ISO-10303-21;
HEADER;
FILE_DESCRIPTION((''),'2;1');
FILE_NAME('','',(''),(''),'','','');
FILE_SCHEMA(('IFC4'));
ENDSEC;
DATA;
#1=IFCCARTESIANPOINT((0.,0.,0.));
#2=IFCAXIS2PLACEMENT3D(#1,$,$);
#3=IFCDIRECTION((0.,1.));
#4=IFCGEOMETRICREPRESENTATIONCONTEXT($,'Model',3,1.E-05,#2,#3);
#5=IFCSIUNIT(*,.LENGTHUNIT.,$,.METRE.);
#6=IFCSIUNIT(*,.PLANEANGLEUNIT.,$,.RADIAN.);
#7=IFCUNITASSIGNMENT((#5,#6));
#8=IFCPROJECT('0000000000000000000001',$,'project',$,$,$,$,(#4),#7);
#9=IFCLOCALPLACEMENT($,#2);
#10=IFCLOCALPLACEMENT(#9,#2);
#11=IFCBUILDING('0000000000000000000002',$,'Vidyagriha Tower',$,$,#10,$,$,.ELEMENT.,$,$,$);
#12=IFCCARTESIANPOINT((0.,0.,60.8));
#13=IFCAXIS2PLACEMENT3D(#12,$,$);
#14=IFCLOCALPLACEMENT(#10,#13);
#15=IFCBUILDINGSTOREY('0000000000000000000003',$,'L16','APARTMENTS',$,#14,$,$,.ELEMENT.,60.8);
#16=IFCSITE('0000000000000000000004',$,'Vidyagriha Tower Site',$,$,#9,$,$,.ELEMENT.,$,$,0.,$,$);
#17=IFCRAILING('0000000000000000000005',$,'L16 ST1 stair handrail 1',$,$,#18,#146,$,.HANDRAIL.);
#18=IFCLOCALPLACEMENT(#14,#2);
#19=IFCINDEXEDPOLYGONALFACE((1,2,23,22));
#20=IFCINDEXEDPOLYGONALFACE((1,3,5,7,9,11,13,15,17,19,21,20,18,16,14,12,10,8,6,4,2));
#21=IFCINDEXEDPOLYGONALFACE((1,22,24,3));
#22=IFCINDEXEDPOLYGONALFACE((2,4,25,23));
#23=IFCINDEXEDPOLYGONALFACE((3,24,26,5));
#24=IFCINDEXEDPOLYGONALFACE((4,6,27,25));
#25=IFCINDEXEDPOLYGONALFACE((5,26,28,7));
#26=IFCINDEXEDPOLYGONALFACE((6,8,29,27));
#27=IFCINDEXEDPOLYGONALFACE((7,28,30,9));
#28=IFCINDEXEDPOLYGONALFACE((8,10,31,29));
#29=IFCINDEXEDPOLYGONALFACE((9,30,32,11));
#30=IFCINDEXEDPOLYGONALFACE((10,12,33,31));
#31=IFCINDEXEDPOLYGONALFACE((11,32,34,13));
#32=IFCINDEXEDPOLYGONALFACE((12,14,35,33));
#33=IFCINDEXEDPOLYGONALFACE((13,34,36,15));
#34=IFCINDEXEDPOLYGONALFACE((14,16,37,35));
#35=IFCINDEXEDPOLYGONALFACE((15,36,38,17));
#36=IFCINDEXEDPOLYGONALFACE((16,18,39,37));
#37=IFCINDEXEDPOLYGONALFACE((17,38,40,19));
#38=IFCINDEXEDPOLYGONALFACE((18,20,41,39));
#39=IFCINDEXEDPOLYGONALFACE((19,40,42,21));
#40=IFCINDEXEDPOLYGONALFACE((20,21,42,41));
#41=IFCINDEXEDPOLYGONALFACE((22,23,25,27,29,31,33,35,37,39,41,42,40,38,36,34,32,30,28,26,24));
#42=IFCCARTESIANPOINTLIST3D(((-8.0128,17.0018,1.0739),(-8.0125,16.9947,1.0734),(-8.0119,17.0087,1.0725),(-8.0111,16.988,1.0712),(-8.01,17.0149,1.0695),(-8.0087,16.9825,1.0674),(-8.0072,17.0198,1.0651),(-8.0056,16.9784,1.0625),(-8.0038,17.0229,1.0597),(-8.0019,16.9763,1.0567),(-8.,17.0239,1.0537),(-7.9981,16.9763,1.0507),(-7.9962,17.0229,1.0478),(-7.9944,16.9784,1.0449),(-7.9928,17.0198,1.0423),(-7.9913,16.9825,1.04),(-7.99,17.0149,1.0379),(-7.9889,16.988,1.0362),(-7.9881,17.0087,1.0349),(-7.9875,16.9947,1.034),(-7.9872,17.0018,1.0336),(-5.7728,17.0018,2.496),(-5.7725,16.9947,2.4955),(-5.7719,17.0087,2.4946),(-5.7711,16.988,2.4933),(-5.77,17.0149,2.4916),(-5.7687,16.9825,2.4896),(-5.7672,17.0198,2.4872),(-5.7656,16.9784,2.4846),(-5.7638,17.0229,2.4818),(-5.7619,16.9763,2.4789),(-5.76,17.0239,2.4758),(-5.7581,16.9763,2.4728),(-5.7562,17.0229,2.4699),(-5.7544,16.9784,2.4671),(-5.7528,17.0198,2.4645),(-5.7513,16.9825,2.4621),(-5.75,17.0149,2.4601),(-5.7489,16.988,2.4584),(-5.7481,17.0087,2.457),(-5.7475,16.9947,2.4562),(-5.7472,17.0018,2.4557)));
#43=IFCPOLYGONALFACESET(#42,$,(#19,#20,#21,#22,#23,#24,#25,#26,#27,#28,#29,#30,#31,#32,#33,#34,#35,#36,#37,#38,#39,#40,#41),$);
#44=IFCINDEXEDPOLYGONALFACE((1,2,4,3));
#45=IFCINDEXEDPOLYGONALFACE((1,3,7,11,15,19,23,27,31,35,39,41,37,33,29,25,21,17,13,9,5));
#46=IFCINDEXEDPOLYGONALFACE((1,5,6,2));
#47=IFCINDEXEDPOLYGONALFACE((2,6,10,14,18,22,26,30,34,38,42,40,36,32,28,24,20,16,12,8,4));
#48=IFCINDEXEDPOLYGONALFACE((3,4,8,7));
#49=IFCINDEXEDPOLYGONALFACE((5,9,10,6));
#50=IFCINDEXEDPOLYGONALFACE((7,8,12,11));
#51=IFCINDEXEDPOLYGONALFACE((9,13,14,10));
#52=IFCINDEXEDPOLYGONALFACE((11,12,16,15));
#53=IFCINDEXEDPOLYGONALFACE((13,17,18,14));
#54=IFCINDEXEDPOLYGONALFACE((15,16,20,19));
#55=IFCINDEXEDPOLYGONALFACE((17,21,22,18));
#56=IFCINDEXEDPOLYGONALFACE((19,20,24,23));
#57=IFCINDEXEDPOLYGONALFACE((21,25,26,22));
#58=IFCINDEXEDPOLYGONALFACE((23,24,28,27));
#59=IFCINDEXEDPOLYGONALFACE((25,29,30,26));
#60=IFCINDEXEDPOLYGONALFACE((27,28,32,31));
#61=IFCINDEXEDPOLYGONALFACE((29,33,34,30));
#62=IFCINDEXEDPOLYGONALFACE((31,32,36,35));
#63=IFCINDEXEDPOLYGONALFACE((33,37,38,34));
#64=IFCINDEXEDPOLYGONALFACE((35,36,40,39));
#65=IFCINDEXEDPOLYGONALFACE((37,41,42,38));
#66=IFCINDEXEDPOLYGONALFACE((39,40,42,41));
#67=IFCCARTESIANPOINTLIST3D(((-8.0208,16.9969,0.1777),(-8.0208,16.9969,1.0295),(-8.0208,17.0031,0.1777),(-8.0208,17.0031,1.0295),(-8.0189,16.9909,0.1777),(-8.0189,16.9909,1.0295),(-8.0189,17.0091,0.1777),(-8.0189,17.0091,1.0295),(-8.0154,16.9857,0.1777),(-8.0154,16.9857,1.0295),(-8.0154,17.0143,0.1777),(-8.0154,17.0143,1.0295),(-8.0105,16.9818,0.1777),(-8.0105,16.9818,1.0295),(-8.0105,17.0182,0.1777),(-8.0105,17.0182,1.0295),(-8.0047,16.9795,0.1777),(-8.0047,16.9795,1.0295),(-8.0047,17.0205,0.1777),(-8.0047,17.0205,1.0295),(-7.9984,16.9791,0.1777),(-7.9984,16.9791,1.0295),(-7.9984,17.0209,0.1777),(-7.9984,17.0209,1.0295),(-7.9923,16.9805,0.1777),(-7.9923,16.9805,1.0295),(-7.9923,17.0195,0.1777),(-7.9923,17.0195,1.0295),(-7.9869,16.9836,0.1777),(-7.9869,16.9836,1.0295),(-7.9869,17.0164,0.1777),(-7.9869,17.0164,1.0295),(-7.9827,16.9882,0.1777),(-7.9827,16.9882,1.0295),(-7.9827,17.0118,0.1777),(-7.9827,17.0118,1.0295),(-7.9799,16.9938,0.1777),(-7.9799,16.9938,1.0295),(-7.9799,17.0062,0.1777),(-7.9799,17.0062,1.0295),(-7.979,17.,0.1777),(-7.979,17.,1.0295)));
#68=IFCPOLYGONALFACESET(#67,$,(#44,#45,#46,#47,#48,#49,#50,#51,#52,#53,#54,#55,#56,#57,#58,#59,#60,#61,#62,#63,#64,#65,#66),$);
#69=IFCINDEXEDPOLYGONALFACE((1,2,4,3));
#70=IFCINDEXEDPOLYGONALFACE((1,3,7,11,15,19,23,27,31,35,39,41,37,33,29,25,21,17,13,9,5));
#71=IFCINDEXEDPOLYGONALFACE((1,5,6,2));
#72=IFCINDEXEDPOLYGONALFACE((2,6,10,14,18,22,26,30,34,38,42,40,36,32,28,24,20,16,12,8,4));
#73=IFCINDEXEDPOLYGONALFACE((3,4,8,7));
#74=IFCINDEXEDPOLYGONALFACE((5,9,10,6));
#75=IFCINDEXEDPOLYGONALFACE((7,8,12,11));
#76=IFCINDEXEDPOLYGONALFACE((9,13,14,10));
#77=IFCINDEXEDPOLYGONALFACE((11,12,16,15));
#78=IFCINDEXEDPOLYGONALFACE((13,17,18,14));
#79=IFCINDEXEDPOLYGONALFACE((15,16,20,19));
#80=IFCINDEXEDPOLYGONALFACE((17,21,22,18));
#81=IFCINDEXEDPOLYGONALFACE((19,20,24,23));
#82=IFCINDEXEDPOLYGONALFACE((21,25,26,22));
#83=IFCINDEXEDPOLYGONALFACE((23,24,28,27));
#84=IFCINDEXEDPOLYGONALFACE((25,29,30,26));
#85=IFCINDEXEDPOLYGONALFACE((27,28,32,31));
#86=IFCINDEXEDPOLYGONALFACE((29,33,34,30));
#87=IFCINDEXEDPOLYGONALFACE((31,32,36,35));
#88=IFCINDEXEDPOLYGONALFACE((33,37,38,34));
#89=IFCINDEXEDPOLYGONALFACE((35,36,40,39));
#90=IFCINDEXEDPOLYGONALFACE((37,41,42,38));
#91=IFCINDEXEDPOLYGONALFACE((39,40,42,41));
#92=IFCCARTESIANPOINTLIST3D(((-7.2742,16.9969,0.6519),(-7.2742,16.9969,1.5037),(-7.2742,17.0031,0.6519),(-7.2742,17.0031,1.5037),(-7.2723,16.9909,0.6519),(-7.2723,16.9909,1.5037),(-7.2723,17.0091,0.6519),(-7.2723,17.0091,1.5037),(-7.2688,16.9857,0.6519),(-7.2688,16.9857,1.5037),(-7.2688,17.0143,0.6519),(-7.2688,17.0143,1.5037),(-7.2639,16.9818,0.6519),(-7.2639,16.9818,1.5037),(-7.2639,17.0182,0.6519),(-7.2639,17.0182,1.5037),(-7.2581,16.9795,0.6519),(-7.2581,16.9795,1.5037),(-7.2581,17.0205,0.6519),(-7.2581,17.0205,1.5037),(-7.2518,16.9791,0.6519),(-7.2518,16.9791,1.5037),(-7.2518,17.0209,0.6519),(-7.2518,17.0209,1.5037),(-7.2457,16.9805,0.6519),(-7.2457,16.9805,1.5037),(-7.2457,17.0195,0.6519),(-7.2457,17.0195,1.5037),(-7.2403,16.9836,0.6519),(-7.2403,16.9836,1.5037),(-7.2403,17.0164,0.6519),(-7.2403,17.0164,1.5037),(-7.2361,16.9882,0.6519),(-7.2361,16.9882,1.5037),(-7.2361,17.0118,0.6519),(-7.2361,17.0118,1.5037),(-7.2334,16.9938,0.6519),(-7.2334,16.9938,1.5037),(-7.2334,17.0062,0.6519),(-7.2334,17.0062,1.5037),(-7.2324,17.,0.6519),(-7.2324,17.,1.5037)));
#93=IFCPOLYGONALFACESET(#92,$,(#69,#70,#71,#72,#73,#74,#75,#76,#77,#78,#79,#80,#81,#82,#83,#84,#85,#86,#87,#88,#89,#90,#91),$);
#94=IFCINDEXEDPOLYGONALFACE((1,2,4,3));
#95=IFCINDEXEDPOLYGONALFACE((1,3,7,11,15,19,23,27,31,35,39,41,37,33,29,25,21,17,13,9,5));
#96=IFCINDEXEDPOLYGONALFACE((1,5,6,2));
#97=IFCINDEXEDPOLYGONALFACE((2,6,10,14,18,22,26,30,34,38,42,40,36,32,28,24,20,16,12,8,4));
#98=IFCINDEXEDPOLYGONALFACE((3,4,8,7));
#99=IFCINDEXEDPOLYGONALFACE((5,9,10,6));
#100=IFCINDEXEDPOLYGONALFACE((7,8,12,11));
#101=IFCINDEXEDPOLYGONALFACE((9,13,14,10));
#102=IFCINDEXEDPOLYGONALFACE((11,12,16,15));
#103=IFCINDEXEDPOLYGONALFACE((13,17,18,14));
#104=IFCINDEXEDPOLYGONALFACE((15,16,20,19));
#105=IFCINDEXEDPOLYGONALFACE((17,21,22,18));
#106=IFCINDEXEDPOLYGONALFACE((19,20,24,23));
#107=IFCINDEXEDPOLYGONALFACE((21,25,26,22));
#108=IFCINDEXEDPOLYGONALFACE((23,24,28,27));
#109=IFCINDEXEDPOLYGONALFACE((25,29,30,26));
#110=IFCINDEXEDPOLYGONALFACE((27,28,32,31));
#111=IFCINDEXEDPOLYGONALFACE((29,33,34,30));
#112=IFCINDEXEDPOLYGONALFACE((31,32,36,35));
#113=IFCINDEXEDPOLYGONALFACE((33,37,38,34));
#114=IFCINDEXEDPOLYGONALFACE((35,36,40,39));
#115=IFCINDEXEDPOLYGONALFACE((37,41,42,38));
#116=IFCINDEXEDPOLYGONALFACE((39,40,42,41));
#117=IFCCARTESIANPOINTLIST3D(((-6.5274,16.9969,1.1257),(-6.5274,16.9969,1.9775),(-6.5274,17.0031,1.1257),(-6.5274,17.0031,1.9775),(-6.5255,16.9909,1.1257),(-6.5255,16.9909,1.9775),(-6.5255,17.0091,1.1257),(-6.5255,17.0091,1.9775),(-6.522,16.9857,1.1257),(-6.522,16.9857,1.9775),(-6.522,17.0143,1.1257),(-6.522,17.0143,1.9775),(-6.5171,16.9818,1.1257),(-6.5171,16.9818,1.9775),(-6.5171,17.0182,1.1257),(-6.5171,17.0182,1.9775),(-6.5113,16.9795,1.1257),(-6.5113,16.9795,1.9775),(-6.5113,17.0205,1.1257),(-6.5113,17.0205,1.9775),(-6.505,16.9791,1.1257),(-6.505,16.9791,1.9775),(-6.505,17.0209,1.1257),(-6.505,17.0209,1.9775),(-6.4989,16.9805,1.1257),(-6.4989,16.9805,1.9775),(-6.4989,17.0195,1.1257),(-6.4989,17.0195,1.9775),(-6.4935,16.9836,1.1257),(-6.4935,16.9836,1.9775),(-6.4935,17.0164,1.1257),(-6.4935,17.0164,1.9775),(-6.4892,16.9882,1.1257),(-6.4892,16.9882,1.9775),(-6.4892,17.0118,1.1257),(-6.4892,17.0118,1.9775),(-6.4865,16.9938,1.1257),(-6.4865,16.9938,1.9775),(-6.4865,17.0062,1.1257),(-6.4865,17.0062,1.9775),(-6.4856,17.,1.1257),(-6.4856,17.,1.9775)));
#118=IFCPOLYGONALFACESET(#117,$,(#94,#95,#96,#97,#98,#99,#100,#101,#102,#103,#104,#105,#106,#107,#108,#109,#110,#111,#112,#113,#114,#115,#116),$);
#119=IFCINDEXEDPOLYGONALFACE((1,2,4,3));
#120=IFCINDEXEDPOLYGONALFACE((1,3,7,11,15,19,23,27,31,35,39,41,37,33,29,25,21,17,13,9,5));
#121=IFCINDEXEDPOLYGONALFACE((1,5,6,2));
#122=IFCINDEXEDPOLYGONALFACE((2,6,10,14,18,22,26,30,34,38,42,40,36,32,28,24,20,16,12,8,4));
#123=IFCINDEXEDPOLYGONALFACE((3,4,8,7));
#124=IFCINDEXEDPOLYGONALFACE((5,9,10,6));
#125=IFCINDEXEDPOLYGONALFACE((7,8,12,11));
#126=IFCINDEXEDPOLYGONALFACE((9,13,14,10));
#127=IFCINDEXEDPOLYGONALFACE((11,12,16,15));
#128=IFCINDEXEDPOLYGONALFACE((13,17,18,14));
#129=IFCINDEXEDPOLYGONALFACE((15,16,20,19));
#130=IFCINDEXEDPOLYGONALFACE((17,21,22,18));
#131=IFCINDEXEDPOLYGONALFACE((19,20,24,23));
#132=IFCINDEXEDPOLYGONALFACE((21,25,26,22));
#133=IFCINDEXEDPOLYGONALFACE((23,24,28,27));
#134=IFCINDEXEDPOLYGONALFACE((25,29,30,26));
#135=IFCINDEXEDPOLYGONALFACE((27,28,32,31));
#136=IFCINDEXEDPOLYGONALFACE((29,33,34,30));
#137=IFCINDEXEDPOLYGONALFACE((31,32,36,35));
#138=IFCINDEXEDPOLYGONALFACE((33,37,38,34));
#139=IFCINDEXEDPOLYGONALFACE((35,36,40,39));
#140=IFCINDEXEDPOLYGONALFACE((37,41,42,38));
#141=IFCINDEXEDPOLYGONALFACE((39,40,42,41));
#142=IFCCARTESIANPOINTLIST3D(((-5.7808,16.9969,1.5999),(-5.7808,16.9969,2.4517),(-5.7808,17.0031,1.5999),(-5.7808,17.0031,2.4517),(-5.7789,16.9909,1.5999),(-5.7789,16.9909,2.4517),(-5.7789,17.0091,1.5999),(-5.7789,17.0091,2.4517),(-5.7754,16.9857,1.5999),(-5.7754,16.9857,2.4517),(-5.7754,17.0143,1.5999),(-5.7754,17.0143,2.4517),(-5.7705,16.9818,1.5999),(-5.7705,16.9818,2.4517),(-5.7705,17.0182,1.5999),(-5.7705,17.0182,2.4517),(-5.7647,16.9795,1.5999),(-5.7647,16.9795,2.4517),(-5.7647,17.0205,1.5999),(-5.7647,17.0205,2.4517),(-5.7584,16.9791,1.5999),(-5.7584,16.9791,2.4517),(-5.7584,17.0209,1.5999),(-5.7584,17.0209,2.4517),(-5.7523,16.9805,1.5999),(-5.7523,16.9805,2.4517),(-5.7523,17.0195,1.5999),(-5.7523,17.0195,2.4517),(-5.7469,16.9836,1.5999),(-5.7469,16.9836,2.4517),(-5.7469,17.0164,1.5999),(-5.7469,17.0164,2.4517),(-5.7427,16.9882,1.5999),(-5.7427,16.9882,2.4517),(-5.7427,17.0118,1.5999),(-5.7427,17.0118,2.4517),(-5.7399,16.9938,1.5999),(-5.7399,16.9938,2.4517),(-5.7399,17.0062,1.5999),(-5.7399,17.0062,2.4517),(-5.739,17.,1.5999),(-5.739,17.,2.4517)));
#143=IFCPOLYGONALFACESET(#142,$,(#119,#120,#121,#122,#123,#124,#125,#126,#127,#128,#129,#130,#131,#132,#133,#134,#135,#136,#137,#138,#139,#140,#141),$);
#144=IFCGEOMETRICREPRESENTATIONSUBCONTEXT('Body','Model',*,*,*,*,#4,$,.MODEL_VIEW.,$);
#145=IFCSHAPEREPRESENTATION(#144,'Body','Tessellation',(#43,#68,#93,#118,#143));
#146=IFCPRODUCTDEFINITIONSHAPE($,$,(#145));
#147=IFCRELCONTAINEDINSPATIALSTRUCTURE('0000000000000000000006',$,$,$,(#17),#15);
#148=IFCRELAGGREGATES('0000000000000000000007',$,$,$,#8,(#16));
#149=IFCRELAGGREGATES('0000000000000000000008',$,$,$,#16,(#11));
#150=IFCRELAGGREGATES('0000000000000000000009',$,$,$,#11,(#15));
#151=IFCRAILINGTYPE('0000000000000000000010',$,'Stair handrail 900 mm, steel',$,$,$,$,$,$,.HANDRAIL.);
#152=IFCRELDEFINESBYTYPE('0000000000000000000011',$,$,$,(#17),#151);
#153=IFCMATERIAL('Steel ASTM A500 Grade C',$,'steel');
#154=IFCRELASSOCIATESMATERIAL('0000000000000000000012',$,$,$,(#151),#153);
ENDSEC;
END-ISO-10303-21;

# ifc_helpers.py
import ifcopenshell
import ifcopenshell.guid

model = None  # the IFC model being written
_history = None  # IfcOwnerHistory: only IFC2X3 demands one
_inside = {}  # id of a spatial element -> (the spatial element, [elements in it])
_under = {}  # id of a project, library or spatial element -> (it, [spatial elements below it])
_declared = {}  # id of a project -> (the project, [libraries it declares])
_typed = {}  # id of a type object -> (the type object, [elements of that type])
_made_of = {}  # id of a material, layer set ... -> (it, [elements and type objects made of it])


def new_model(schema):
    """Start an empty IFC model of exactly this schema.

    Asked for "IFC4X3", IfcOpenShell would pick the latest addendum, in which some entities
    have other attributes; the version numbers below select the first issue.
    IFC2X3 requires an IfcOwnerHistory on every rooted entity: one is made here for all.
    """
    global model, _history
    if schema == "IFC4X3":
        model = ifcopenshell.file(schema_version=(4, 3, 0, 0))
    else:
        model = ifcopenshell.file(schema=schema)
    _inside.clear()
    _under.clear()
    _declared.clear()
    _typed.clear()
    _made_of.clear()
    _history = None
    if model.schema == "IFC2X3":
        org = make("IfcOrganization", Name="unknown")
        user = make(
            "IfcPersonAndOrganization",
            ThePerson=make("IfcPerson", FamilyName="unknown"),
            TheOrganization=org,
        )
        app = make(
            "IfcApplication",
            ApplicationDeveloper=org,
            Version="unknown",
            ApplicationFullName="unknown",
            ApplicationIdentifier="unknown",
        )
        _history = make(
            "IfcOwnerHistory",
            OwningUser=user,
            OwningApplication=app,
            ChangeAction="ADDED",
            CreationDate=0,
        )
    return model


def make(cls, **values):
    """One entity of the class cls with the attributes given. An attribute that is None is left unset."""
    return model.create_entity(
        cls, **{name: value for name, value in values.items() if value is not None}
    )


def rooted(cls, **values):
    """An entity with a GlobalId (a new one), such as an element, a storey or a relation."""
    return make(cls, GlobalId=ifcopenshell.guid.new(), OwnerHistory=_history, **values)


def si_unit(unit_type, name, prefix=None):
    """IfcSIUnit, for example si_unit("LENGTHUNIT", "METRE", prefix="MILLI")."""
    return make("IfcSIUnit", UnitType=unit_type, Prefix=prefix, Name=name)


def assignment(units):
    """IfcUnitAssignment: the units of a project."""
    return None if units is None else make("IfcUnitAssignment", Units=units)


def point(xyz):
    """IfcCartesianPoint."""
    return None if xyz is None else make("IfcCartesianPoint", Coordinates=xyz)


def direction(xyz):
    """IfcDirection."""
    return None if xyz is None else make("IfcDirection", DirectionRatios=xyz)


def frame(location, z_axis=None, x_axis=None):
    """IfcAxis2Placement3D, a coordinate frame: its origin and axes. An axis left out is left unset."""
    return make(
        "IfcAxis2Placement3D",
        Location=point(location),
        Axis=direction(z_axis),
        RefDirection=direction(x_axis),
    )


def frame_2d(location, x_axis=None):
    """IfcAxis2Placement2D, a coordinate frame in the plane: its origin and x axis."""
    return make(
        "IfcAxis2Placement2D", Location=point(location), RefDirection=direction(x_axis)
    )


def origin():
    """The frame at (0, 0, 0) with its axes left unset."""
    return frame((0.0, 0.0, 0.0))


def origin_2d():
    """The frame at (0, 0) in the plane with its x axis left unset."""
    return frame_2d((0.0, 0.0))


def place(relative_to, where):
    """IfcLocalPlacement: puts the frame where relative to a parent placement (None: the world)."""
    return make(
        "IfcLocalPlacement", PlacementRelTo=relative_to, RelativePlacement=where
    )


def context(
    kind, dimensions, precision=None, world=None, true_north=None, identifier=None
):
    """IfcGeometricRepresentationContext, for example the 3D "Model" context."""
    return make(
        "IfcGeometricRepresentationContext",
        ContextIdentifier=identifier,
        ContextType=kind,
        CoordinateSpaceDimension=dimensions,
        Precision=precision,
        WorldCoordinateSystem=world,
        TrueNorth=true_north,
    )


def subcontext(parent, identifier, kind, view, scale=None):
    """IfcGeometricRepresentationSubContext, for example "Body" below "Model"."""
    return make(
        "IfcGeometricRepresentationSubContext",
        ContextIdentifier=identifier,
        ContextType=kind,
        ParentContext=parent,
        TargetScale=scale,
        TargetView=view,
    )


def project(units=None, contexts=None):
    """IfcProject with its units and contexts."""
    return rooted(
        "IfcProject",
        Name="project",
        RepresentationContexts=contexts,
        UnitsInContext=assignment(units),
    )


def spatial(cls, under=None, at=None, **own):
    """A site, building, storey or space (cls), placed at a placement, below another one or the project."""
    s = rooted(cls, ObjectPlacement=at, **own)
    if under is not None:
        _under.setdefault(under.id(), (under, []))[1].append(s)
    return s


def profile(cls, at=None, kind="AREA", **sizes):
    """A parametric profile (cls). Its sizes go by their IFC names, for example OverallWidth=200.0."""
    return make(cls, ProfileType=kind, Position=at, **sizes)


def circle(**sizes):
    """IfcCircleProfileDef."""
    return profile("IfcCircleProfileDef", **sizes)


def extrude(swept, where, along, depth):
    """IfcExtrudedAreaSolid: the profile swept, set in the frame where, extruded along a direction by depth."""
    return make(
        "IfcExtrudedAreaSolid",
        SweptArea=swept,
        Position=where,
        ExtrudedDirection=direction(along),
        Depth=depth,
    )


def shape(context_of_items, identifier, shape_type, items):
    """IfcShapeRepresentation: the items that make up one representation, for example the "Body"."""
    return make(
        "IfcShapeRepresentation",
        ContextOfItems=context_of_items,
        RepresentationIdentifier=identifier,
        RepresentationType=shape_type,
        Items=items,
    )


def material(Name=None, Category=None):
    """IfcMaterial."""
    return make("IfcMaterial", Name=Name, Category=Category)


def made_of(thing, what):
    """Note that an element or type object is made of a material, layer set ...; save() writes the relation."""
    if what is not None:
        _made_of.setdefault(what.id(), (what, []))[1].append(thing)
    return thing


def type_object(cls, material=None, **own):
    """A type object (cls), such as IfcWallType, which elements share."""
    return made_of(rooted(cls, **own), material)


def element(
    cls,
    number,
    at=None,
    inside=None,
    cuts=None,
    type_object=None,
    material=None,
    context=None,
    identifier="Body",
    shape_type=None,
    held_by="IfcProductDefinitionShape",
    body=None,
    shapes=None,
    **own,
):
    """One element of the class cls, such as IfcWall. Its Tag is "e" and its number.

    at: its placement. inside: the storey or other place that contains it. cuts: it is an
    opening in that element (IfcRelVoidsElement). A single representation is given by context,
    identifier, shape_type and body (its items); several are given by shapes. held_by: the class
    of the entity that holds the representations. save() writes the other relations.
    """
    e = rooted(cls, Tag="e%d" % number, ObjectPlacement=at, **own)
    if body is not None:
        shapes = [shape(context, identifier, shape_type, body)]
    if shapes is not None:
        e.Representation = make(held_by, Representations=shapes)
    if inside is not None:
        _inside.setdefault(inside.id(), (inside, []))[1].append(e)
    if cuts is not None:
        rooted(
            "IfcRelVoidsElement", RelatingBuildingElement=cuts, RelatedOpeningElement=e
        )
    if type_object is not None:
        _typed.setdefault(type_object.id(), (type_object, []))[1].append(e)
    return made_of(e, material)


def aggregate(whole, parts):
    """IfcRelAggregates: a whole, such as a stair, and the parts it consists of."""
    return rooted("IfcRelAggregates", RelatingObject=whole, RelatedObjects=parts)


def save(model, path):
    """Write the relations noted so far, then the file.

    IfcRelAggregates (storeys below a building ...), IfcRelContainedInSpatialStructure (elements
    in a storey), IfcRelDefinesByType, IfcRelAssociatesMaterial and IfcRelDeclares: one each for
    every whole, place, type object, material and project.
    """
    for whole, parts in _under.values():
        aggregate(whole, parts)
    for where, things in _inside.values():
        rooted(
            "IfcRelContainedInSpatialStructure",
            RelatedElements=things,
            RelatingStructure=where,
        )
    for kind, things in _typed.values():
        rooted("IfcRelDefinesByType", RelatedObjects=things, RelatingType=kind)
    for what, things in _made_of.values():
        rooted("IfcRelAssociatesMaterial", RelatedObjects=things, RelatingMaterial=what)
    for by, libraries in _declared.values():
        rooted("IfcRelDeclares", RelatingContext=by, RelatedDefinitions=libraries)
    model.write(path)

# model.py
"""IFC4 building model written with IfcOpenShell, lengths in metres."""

from ifc_helpers import new_model, si_unit, direction, frame, origin, origin_2d, place, context, subcontext, project, spatial, circle, extrude, material, type_object, element, save


model = new_model("IFC4")

# Units and contexts
model_context = context("Model", 3, precision=1e-05, world=origin(), true_north=direction((0.0, 1.0)))
body_context = subcontext(model_context, "Body", "Model", "MODEL_VIEW")
ifc_project = project(units=[si_unit("LENGTHUNIT", "METRE"), si_unit("PLANEANGLEUNIT", "RADIAN")], contexts=[model_context])

# Site, building, storey
site_placement = place(None, origin())
site = spatial("IfcSite", under=ifc_project, at=site_placement, Name="Vidyagriha Tower Site", CompositionType="ELEMENT", RefElevation=0.0)
building_placement = place(site_placement, origin())
building = spatial("IfcBuilding", under=site, at=building_placement, Name="Vidyagriha Tower", CompositionType="ELEMENT")
storey_placement = place(building_placement, frame((0.0, 0.0, 60.8)))
storey = spatial("IfcBuildingStorey", under=building, at=storey_placement, Name="L16", Description="APARTMENTS", CompositionType="ELEMENT", Elevation=60.8)

# Railing
ifc_material_1 = material(Name="Steel ASTM A500 Grade C", Category="steel")
railing_type_1 = type_object("IfcRailingType", Name="Stair handrail 900 mm, steel", PredefinedType="HANDRAIL", material=ifc_material_1)
railing_1_placement = place(storey_placement, frame((-8.0, 17.0, 0.1777)))
element("IfcRailing", 1, at=railing_1_placement, inside=storey, type_object=railing_type_1, Name="L16 ST1 stair handrail 1", PredefinedType="HANDRAIL", context=body_context, shape_type="SweptSolid", body=[
    extrude(circle(Radius=0.0239, at=origin_2d()), frame((0.0, 0.0, 0.876), z_axis=(0.844229, 0.0, 0.535982), x_axis=(0.0, 1.0, 0.0)), (0.0, 0.0, 1.0), 2.6533),
    extrude(circle(Radius=0.021, at=origin_2d()), origin(), (0.0, 0.0, 1.0), 0.8518),
    extrude(circle(Radius=0.021, at=origin_2d()), frame((0.7466, 0.0, 0.4741)), (0.0, 0.0, 1.0), 0.8518),
    extrude(circle(Radius=0.021, at=origin_2d()), frame((1.4934, 0.0, 0.948)), (0.0, 0.0, 1.0), 0.8518),
    extrude(circle(Radius=0.021, at=origin_2d()), frame((2.24, 0.0, 1.4221)), (0.0, 0.0, 1.0), 0.8518),
])

save(model, "model.ifc")
